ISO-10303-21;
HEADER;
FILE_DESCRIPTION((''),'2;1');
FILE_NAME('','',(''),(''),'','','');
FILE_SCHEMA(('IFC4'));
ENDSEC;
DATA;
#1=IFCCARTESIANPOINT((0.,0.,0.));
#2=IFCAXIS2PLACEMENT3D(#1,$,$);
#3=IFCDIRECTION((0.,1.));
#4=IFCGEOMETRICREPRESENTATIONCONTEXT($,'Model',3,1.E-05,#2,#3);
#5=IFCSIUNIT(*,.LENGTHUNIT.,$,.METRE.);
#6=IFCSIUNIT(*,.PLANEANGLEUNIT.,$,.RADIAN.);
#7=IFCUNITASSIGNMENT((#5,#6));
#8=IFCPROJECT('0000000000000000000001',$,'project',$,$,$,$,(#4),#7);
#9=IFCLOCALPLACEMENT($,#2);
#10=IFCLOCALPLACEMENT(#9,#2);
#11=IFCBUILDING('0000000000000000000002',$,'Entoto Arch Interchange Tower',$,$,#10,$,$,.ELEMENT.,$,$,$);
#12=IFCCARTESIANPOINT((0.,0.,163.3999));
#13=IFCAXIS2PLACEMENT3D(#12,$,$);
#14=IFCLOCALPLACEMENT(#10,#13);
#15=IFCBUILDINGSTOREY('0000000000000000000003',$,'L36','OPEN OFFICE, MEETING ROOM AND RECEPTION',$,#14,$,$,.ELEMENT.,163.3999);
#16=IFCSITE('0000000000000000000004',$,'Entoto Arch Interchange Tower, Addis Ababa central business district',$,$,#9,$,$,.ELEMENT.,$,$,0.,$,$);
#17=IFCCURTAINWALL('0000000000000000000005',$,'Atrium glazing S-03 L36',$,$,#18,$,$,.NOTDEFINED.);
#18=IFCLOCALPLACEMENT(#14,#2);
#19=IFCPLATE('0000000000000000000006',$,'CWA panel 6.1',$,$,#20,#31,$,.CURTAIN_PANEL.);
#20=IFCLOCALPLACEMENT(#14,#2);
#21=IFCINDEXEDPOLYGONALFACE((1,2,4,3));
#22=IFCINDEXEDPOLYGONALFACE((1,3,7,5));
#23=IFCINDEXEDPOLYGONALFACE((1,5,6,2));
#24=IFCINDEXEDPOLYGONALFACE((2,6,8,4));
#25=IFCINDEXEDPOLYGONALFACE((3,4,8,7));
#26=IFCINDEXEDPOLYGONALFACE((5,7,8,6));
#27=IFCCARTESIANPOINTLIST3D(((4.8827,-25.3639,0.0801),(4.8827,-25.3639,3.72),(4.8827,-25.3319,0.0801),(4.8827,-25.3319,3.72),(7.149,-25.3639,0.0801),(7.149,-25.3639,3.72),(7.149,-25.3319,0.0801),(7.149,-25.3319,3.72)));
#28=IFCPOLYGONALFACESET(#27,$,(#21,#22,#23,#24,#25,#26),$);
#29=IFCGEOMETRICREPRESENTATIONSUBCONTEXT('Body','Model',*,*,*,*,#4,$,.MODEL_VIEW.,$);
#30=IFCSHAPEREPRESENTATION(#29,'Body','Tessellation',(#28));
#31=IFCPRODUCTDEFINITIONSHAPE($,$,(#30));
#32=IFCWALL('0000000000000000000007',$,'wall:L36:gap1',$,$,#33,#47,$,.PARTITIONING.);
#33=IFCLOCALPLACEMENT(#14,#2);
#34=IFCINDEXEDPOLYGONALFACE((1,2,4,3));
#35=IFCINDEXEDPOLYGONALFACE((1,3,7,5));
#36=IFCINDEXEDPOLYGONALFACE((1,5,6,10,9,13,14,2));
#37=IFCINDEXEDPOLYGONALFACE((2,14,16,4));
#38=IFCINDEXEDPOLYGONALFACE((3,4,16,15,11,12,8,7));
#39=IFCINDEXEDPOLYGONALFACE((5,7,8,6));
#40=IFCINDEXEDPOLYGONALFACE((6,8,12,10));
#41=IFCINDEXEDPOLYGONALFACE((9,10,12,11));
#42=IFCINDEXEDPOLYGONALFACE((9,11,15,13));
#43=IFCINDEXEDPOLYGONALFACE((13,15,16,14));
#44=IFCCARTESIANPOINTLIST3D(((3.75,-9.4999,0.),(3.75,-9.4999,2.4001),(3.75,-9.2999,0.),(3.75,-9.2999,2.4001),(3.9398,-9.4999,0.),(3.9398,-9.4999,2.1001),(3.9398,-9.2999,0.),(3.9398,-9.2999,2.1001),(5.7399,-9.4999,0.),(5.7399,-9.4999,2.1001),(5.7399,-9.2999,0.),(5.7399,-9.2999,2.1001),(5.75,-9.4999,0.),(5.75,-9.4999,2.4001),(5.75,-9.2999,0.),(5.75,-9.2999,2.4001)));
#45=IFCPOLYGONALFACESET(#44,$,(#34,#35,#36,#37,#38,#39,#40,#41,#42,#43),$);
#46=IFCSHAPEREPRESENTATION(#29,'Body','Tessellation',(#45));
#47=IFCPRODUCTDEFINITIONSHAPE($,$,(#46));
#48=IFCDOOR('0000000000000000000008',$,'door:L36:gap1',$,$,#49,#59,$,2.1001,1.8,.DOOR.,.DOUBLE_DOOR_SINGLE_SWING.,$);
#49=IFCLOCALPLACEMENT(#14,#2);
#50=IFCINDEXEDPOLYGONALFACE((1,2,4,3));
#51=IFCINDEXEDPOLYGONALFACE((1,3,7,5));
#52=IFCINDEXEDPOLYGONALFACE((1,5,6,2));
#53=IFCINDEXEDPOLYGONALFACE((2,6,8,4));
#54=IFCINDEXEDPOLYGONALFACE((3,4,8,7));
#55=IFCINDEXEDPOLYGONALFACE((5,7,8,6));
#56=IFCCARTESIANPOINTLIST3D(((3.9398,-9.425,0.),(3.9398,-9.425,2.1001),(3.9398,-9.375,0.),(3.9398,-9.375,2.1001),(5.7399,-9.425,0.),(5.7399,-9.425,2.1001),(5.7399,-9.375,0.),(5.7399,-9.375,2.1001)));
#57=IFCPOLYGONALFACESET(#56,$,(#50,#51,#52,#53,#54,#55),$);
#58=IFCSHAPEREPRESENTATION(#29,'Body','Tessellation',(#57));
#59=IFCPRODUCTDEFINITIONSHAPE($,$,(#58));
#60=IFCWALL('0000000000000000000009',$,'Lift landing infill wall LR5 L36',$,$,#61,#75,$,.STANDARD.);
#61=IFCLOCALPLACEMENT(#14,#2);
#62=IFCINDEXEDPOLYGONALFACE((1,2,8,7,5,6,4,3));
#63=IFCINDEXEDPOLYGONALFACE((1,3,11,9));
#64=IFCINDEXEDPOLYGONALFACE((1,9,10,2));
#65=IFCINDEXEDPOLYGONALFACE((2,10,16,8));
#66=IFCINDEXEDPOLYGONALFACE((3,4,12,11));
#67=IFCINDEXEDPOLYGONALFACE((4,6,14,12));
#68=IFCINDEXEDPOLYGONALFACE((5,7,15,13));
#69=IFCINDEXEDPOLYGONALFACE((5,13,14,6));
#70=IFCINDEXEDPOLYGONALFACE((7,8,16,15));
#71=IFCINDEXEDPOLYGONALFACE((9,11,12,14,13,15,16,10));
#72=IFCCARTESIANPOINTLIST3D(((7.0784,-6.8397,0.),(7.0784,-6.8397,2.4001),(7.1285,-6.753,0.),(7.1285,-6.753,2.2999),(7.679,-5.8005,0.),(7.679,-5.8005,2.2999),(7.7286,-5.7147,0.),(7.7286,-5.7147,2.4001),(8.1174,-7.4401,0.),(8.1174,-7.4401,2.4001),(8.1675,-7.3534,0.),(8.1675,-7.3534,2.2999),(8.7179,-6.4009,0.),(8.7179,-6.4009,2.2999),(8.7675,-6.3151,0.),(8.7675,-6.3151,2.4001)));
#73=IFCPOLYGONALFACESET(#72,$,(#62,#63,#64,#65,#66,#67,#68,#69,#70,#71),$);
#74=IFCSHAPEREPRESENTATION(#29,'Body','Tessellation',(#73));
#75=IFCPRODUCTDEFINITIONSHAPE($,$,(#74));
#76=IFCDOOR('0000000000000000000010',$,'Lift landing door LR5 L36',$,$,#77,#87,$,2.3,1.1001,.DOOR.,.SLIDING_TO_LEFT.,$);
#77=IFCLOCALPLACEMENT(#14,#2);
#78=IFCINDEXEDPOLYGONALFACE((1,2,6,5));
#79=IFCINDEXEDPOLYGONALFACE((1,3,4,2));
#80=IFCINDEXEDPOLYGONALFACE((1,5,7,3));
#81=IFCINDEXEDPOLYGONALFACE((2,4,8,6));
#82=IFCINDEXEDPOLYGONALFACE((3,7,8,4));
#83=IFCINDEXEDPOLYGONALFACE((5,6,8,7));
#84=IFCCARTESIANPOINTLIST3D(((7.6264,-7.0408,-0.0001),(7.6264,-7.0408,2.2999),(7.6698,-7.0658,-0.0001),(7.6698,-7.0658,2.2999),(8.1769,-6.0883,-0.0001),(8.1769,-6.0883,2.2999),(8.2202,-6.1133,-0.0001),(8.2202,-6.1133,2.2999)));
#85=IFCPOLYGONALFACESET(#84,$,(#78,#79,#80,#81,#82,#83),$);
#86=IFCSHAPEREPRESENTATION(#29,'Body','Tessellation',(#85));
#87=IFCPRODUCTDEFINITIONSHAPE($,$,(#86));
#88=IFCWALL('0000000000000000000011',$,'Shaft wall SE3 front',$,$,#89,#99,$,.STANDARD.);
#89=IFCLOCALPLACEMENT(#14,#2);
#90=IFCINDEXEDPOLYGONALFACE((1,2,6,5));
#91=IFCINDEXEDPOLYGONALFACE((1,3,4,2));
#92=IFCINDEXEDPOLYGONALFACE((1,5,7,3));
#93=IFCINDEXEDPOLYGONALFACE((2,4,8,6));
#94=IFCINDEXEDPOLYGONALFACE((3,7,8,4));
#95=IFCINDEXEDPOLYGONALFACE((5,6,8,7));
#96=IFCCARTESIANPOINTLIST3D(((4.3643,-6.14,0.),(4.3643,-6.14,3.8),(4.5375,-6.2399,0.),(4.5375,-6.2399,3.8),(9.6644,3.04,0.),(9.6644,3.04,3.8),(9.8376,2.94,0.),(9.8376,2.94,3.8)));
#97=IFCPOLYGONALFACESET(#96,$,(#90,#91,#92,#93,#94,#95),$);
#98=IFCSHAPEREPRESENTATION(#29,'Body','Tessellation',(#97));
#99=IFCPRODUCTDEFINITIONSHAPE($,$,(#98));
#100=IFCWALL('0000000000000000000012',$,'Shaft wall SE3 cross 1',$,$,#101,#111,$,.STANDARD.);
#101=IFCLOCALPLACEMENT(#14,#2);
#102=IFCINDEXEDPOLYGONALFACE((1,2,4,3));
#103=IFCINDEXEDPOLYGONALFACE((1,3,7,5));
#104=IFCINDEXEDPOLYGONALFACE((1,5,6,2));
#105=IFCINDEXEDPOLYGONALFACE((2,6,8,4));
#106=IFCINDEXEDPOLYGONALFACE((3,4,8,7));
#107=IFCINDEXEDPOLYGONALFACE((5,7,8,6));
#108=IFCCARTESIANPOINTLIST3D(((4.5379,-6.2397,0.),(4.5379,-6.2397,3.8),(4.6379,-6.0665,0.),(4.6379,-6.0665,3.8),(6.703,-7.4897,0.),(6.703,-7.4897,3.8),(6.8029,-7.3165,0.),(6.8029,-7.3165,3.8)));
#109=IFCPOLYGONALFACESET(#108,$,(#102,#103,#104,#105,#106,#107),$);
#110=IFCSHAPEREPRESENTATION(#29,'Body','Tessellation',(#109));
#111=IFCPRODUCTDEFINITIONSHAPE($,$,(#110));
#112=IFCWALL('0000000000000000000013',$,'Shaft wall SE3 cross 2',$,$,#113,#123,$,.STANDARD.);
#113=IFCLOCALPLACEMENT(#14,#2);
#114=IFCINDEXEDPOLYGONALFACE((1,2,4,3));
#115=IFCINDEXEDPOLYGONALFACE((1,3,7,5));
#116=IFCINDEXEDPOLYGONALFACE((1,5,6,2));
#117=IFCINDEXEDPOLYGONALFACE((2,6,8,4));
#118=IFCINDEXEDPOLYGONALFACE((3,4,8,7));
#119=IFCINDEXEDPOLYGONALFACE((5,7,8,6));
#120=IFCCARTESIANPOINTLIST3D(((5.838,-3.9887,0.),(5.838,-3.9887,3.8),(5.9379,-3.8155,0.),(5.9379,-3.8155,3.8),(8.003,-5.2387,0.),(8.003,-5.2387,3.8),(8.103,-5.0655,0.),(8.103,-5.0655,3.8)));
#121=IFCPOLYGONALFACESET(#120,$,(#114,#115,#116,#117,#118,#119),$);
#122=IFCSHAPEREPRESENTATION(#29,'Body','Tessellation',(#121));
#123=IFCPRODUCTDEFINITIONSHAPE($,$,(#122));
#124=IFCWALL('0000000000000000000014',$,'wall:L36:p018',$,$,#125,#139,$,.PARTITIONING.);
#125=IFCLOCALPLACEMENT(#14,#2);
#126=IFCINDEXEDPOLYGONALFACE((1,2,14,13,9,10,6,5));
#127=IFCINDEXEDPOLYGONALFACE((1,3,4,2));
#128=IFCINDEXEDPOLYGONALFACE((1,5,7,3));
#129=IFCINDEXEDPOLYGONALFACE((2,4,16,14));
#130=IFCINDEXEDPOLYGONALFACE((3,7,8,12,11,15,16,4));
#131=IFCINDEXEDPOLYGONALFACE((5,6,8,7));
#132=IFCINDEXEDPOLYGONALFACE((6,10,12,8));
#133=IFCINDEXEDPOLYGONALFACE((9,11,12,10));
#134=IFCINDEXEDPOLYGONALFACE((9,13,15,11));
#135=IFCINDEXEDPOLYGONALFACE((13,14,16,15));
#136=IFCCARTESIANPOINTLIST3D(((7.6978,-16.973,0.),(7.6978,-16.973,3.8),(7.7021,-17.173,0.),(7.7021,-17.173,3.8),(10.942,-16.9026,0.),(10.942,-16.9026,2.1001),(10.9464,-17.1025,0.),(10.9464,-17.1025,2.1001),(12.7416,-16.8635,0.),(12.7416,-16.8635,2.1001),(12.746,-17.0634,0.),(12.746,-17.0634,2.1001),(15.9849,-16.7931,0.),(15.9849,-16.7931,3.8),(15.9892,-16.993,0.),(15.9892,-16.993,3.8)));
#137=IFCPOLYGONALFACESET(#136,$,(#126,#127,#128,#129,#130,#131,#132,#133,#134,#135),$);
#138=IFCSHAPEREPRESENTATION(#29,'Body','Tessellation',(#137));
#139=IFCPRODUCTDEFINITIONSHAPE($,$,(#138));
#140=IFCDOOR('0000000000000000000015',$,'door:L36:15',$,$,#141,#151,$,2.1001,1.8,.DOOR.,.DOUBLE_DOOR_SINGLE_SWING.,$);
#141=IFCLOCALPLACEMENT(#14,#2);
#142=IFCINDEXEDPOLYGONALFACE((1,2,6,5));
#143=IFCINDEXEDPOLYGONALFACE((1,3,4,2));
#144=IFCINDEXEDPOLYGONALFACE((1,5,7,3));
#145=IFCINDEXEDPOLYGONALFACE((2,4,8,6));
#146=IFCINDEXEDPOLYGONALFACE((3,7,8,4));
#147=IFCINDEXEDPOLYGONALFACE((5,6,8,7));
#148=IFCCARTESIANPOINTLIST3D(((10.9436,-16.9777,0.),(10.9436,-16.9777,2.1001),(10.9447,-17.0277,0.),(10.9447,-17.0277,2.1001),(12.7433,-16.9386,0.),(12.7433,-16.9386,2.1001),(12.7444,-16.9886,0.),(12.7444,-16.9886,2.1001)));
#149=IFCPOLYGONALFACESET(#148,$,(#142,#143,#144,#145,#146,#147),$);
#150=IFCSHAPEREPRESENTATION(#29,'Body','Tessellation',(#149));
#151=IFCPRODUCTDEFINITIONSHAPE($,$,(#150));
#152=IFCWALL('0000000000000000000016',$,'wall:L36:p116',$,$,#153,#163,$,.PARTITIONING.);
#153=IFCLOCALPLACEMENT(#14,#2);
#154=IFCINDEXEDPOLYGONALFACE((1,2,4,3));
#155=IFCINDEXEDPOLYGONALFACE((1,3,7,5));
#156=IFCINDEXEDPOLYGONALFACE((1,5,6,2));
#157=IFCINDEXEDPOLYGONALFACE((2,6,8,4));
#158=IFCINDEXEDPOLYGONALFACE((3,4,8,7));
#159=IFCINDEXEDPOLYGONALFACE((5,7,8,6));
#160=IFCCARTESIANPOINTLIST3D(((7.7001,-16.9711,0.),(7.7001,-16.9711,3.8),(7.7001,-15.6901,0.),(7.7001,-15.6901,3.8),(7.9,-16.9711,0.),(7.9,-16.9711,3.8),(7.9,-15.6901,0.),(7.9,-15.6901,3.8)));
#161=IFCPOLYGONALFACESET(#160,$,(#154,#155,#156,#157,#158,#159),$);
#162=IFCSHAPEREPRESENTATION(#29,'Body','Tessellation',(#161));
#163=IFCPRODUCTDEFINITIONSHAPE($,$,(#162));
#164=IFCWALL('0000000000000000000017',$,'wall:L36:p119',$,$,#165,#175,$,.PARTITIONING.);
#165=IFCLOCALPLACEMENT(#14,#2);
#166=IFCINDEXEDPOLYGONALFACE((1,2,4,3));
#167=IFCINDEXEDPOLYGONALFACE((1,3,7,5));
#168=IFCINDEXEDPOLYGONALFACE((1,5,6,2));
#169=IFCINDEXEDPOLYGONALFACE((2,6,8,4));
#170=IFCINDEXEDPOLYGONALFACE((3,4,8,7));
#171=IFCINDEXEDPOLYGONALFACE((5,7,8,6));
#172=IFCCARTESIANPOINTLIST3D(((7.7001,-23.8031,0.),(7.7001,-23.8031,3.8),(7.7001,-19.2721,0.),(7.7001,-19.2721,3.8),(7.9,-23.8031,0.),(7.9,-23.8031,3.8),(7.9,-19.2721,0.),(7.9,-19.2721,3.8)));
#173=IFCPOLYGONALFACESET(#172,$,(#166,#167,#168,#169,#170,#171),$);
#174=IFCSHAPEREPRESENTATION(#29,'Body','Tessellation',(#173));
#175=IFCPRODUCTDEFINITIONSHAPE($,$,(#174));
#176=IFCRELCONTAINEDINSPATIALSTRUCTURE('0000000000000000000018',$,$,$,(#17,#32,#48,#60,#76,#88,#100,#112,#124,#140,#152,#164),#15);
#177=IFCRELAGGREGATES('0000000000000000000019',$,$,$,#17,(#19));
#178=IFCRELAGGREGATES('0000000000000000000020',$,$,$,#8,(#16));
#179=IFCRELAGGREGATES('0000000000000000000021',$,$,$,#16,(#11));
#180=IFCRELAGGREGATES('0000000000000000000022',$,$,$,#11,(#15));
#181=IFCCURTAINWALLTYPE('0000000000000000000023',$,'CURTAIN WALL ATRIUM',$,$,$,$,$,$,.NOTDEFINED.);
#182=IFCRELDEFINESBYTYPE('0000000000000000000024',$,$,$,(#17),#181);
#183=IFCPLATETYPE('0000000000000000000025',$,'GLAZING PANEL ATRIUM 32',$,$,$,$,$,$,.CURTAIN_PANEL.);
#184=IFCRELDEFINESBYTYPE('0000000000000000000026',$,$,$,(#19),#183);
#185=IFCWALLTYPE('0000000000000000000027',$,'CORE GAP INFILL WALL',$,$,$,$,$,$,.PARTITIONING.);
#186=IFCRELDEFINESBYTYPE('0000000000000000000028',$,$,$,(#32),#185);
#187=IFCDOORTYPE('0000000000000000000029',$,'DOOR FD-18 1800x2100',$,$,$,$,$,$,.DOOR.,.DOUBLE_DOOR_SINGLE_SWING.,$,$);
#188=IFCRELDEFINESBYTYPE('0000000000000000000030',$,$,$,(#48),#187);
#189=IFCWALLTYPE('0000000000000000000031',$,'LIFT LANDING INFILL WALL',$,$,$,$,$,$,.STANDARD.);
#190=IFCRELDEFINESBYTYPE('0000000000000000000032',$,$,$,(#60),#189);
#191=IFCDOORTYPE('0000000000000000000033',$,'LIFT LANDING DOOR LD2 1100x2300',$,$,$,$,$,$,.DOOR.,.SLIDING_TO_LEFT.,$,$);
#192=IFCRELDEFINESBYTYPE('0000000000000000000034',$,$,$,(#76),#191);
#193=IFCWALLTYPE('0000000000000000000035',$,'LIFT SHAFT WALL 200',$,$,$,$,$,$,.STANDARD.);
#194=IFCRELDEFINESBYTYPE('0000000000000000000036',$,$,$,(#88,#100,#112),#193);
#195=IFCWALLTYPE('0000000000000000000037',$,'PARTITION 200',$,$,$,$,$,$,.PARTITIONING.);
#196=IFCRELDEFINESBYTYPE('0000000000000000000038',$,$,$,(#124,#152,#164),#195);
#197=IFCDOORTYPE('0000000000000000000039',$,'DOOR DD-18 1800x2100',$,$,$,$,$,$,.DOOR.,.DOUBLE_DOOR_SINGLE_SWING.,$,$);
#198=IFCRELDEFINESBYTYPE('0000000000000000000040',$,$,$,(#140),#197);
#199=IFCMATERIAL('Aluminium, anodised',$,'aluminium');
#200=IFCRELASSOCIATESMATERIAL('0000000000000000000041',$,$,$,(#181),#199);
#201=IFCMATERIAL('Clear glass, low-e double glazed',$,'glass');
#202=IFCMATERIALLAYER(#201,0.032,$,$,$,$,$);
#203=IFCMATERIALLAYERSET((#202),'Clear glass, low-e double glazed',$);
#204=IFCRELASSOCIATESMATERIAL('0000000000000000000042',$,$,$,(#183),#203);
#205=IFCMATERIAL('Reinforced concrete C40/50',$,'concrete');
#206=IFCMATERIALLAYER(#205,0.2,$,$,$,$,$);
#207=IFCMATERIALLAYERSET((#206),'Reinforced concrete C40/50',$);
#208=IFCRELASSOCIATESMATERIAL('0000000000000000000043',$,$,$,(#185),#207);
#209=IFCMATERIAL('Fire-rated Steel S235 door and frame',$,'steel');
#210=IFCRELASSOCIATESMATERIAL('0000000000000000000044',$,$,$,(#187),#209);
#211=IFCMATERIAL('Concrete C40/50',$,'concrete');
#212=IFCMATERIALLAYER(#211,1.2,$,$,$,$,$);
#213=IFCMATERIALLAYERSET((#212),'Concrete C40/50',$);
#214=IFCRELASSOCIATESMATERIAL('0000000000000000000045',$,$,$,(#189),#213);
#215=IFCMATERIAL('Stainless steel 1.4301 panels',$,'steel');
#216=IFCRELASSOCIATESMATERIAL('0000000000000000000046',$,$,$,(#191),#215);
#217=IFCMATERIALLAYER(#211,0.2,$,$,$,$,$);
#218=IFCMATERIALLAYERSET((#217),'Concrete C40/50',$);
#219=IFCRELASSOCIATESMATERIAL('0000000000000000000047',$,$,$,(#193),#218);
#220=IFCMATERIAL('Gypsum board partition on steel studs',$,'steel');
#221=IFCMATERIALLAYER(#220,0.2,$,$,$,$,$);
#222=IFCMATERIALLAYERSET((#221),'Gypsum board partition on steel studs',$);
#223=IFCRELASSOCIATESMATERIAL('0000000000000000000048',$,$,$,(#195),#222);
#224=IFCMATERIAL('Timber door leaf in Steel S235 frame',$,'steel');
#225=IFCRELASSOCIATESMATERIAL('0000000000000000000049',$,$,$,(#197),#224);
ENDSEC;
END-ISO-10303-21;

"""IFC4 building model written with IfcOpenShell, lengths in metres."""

from ifc_helpers import new_model, si_unit, direction, frame, frame_2d, origin, origin_2d, place, context, subcontext, project, spatial, rectangle, extrude, material, layer, layer_set, type_object, element, fill, aggregate, save


model = new_model("IFC4")

# Units and contexts
model_context = context("Model", 3, precision=1e-05, world=origin(), true_north=direction((0.0, 1.0)))
body_context = subcontext(model_context, "Body", "Model", "MODEL_VIEW")
ifc_project = project(units=[si_unit("LENGTHUNIT", "METRE"), si_unit("PLANEANGLEUNIT", "RADIAN")], contexts=[model_context])

# Site, building, storey
site_placement = place(None, origin())
site = spatial("IfcSite", under=ifc_project, at=site_placement, Name="Entoto Arch Interchange Tower, Addis Ababa central business district", CompositionType="ELEMENT", RefElevation=0.0)
building_placement = place(site_placement, origin())
building = spatial("IfcBuilding", under=site, at=building_placement, Name="Entoto Arch Interchange Tower", CompositionType="ELEMENT")
storey_placement = place(building_placement, frame((0.0, 0.0, 163.3999)))
storey = spatial("IfcBuildingStorey", under=building, at=storey_placement, Name="L36", Description="OPEN OFFICE, MEETING ROOM AND RECEPTION", CompositionType="ELEMENT", Elevation=163.3999)

# Curtain wall, plate
ifc_material_1 = material(Name="Aluminium, anodised", Category="aluminium")
curtain_wall_type = type_object("IfcCurtainWallType", Name="CURTAIN WALL ATRIUM", PredefinedType="NOTDEFINED", material=ifc_material_1)
curtain_wall_placement = place(storey_placement, origin())
curtain_wall = element("IfcCurtainWall", 1, at=curtain_wall_placement, inside=storey, type_object=curtain_wall_type, Name="Atrium glazing S-03 L36", PredefinedType="NOTDEFINED")
ifc_material_2 = material(Name="Clear glass, low-e double glazed", Category="glass")
ifc_layer_1 = layer(ifc_material_2, 0.032)
ifc_layer_set_1 = layer_set([ifc_layer_1], Name="Clear glass, low-e double glazed")
plate_type = type_object("IfcPlateType", Name="GLAZING PANEL ATRIUM 32", PredefinedType="CURTAIN_PANEL", material=ifc_layer_set_1)
plate_1_placement = place(storey_placement, frame((6.0159, -25.3479, 0.0801), z_axis=(0.0, 0.0, 1.0), x_axis=(1.0, 0.0, 0.0)))
plate_1 = element("IfcPlate", 2, at=plate_1_placement, type_object=plate_type, Name="CWA panel 6.1", PredefinedType="CURTAIN_PANEL", context=body_context, shape_type="SweptSolid", body=[
    extrude(rectangle(XDim=2.2664, YDim=0.032, at=origin_2d()), origin(), (0.0, 0.0, 1.0), 3.6399),
])
aggregate(curtain_wall, [plate_1])

# Walls, openings, doors
ifc_material_3 = material(Name="Reinforced concrete C40/50", Category="concrete")
ifc_layer_2 = layer(ifc_material_3, 0.2)
ifc_layer_set_2 = layer_set([ifc_layer_2], Name="Reinforced concrete C40/50")
wall_type_1 = type_object("IfcWallType", Name="CORE GAP INFILL WALL", PredefinedType="PARTITIONING", material=ifc_layer_set_2)
wall_1_placement = place(storey_placement, frame((3.75, -9.3999, 0.0), z_axis=(0.0, 0.0, 1.0), x_axis=(1.0, 0.0, 0.0)))
wall_1 = element("IfcWall", 3, at=wall_1_placement, inside=storey, type_object=wall_type_1, Name="wall:L36:gap1", PredefinedType="PARTITIONING", context=body_context, shape_type="SweptSolid", body=[
    extrude(rectangle(XDim=2.0, YDim=0.2, at=frame_2d((1.0, 0.0))), origin(), (0.0, 0.0, 1.0), 2.4001),
])
opening_1_placement = place(wall_1_placement, frame((0.1899, 0.0, 0.0)))
opening_1 = element("IfcOpeningElement", 4, at=opening_1_placement, cuts=wall_1, PredefinedType="OPENING", context=body_context, shape_type="SweptSolid", body=[
    extrude(rectangle(XDim=1.8, YDim=2.1001, at=frame_2d((0.8999, 1.05))), frame((0.0, 0.1099, 0.0), z_axis=(0.0, -1.0, 0.0), x_axis=(1.0, 0.0, 0.0)), (0.0, 0.0, 1.0), 0.22),
])
ifc_material_4 = material(Name="Fire-rated Steel S235 door and frame", Category="steel")
door_type_1 = type_object("IfcDoorType", Name="DOOR FD-18 1800x2100", OperationType="DOUBLE_DOOR_SINGLE_SWING", PredefinedType="DOOR", material=ifc_material_4)
door_1_placement = place(opening_1_placement, origin())
door_1 = element("IfcDoor", 5, at=door_1_placement, inside=storey, type_object=door_type_1, Name="door:L36:gap1", OperationType="DOUBLE_DOOR_SINGLE_SWING", OverallHeight=2.1001, OverallWidth=1.8, PredefinedType="DOOR", context=body_context, shape_type="SweptSolid", body=[
    extrude(rectangle(XDim=1.8, YDim=2.1001, at=frame_2d((0.8999, 1.05))), frame((0.0, 0.0249, 0.0), z_axis=(0.0, -1.0, 0.0), x_axis=(1.0, 0.0, 0.0)), (0.0, 0.0, 1.0), 0.05),
])
fill(opening_1, door_1)
ifc_material_5 = material(Name="Concrete C40/50", Category="concrete")
ifc_layer_3 = layer(ifc_material_5, 1.2)
ifc_layer_set_3 = layer_set([ifc_layer_3], Name="Concrete C40/50")
wall_type_2 = type_object("IfcWallType", Name="LIFT LANDING INFILL WALL", PredefinedType="STANDARD", material=ifc_layer_set_3)
wall_2_placement = place(storey_placement, frame((7.5979, -7.1399, 0.0), z_axis=(0.0, 0.0, 1.0), x_axis=(0.500362, 0.865816, 0.0)))
wall_2 = element("IfcWall", 6, at=wall_2_placement, inside=storey, type_object=wall_type_2, Name="Lift landing infill wall LR5 L36", PredefinedType="STANDARD", context=body_context, shape_type="SweptSolid", body=[
    extrude(rectangle(XDim=1.2993, YDim=1.2, at=frame_2d((0.6497, 0.0))), origin(), (0.0, 0.0, 1.0), 2.4001),
])
opening_2_placement = place(wall_2_placement, frame((0.1001, 0.0, 0.0)))
opening_2 = element("IfcOpeningElement", 7, at=opening_2_placement, cuts=wall_2, PredefinedType="OPENING", context=body_context, shape_type="SweptSolid", body=[
    extrude(rectangle(XDim=1.1001, YDim=2.3, at=frame_2d((0.55, 1.1499))), frame((0.0, 0.6099, 0.0), z_axis=(0.0, -1.0, 0.0), x_axis=(1.0, 0.0, 0.0)), (0.0, 0.0, 1.0), 1.22),
])
ifc_material_6 = material(Name="Stainless steel 1.4301 panels", Category="steel")
door_type_2 = type_object("IfcDoorType", Name="LIFT LANDING DOOR LD2 1100x2300", OperationType="SLIDING_TO_LEFT", PredefinedType="DOOR", material=ifc_material_6)
door_2_placement = place(opening_2_placement, origin())
door_2 = element("IfcDoor", 8, at=door_2_placement, inside=storey, type_object=door_type_2, Name="Lift landing door LR5 L36", OperationType="SLIDING_TO_LEFT", OverallHeight=2.3, OverallWidth=1.1001, PredefinedType="DOOR", context=body_context, shape_type="SweptSolid", body=[
    extrude(rectangle(XDim=1.1001, YDim=2.3, at=frame_2d((0.55, 1.1499))), frame((0.0, 0.0249, 0.0), z_axis=(0.0, -1.0, 0.0), x_axis=(1.0, 0.0, 0.0)), (0.0, 0.0, 1.0), 0.05),
])
fill(opening_2, door_2)

# Walls
ifc_layer_4 = layer(ifc_material_5, 0.2)
ifc_layer_set_4 = layer_set([ifc_layer_4], Name="Concrete C40/50")
wall_type_3 = type_object("IfcWallType", Name="LIFT SHAFT WALL 200", PredefinedType="STANDARD", material=ifc_layer_set_4)
wall_3_placement = place(storey_placement, frame((4.4509, -6.1899, 0.0), z_axis=(0.0, 0.0, 1.0), x_axis=(0.500001, 0.866025, 0.0)))
element("IfcWall", 9, at=wall_3_placement, inside=storey, type_object=wall_type_3, Name="Shaft wall SE3 front", PredefinedType="STANDARD", context=body_context, shape_type="SweptSolid", body=[
    extrude(rectangle(XDim=10.6001, YDim=0.2, at=frame_2d((5.3, 0.0))), origin(), (0.0, 0.0, 1.0), 3.8),
])
for number, where, z_axis, x_axis, name in (
    (10, (4.5879, -6.1531, 0.0), (0.0, 0.0, 1.0), (0.866023, -0.500004, 0.0), "Shaft wall SE3 cross 1"),
    (11, (5.8879, -3.9021, 0.0), (0.0, 0.0, 1.0), (0.866023, -0.500004, 0.0), "Shaft wall SE3 cross 2"),
):
    element("IfcWall", number, at=place(storey_placement, frame(where, z_axis=z_axis, x_axis=x_axis)), inside=storey, type_object=wall_type_3, Name=name, PredefinedType="STANDARD", context=body_context, shape_type="SweptSolid", body=[
        extrude(rectangle(XDim=2.5, YDim=0.2, at=frame_2d((1.25, 0.0))), origin(), (0.0, 0.0, 1.0), 3.8),
    ])

# Wall, opening, door
ifc_material_7 = material(Name="Gypsum board partition on steel studs", Category="steel")
ifc_layer_5 = layer(ifc_material_7, 0.2)
ifc_layer_set_5 = layer_set([ifc_layer_5], Name="Gypsum board partition on steel studs")
wall_type_4 = type_object("IfcWallType", Name="PARTITION 200", PredefinedType="PARTITIONING", material=ifc_layer_set_5)
wall_4_placement = place(storey_placement, frame((7.7, -17.073, 0.0), z_axis=(0.0, 0.0, 1.0), x_axis=(0.999764, 0.021707, 0.0)))
wall_4 = element("IfcWall", 12, at=wall_4_placement, inside=storey, type_object=wall_type_4, Name="wall:L36:p018", PredefinedType="PARTITIONING", context=body_context, shape_type="SweptSolid", body=[
    extrude(rectangle(XDim=8.2891, YDim=0.2, at=frame_2d((4.1445, 0.0))), origin(), (0.0, 0.0, 1.0), 3.8),
])
opening_3_placement = place(wall_4_placement, frame((3.2451, 0.0, 0.0)))
opening_3 = element("IfcOpeningElement", 13, at=opening_3_placement, cuts=wall_4, PredefinedType="OPENING", context=body_context, shape_type="SweptSolid", body=[
    extrude(rectangle(XDim=1.8, YDim=2.1001, at=frame_2d((0.8999, 1.05))), frame((0.0, 0.1099, 0.0), z_axis=(0.0, -1.0, 0.0), x_axis=(1.0, 0.0, 0.0)), (0.0, 0.0, 1.0), 0.22),
])
ifc_material_8 = material(Name="Timber door leaf in Steel S235 frame", Category="steel")
door_type_3 = type_object("IfcDoorType", Name="DOOR DD-18 1800x2100", OperationType="DOUBLE_DOOR_SINGLE_SWING", PredefinedType="DOOR", material=ifc_material_8)
door_3_placement = place(opening_3_placement, origin())
door_3 = element("IfcDoor", 14, at=door_3_placement, inside=storey, type_object=door_type_3, Name="door:L36:15", OperationType="DOUBLE_DOOR_SINGLE_SWING", OverallHeight=2.1001, OverallWidth=1.8, PredefinedType="DOOR", context=body_context, shape_type="SweptSolid", body=[
    extrude(rectangle(XDim=1.8, YDim=2.1001, at=frame_2d((0.8999, 1.05))), frame((0.0, 0.0249, 0.0), z_axis=(0.0, -1.0, 0.0), x_axis=(1.0, 0.0, 0.0)), (0.0, 0.0, 1.0), 0.05),
])
fill(opening_3, door_3)

# Walls
wall_5_placement = place(storey_placement, frame((7.8, -15.6899, 0.0), z_axis=(0.0, 0.0, 1.0), x_axis=(0.0, -1.0, 0.0)))
element("IfcWall", 15, at=wall_5_placement, inside=storey, type_object=wall_type_4, Name="wall:L36:p116", PredefinedType="PARTITIONING", context=body_context, shape_type="SweptSolid", body=[
    extrude(rectangle(XDim=1.281, YDim=0.2, at=frame_2d((0.6406, 0.0))), origin(), (0.0, 0.0, 1.0), 3.8),
])
wall_6_placement = place(storey_placement, frame((7.8, -19.272, 0.0), z_axis=(0.0, 0.0, 1.0), x_axis=(0.0, -1.0, 0.0)))
element("IfcWall", 16, at=wall_6_placement, inside=storey, type_object=wall_type_4, Name="wall:L36:p119", PredefinedType="PARTITIONING", context=body_context, shape_type="SweptSolid", body=[
    extrude(rectangle(XDim=4.531, YDim=0.2, at=frame_2d((2.2656, 0.0))), origin(), (0.0, 0.0, 1.0), 3.8),
])

save(model, "model.ifc")
